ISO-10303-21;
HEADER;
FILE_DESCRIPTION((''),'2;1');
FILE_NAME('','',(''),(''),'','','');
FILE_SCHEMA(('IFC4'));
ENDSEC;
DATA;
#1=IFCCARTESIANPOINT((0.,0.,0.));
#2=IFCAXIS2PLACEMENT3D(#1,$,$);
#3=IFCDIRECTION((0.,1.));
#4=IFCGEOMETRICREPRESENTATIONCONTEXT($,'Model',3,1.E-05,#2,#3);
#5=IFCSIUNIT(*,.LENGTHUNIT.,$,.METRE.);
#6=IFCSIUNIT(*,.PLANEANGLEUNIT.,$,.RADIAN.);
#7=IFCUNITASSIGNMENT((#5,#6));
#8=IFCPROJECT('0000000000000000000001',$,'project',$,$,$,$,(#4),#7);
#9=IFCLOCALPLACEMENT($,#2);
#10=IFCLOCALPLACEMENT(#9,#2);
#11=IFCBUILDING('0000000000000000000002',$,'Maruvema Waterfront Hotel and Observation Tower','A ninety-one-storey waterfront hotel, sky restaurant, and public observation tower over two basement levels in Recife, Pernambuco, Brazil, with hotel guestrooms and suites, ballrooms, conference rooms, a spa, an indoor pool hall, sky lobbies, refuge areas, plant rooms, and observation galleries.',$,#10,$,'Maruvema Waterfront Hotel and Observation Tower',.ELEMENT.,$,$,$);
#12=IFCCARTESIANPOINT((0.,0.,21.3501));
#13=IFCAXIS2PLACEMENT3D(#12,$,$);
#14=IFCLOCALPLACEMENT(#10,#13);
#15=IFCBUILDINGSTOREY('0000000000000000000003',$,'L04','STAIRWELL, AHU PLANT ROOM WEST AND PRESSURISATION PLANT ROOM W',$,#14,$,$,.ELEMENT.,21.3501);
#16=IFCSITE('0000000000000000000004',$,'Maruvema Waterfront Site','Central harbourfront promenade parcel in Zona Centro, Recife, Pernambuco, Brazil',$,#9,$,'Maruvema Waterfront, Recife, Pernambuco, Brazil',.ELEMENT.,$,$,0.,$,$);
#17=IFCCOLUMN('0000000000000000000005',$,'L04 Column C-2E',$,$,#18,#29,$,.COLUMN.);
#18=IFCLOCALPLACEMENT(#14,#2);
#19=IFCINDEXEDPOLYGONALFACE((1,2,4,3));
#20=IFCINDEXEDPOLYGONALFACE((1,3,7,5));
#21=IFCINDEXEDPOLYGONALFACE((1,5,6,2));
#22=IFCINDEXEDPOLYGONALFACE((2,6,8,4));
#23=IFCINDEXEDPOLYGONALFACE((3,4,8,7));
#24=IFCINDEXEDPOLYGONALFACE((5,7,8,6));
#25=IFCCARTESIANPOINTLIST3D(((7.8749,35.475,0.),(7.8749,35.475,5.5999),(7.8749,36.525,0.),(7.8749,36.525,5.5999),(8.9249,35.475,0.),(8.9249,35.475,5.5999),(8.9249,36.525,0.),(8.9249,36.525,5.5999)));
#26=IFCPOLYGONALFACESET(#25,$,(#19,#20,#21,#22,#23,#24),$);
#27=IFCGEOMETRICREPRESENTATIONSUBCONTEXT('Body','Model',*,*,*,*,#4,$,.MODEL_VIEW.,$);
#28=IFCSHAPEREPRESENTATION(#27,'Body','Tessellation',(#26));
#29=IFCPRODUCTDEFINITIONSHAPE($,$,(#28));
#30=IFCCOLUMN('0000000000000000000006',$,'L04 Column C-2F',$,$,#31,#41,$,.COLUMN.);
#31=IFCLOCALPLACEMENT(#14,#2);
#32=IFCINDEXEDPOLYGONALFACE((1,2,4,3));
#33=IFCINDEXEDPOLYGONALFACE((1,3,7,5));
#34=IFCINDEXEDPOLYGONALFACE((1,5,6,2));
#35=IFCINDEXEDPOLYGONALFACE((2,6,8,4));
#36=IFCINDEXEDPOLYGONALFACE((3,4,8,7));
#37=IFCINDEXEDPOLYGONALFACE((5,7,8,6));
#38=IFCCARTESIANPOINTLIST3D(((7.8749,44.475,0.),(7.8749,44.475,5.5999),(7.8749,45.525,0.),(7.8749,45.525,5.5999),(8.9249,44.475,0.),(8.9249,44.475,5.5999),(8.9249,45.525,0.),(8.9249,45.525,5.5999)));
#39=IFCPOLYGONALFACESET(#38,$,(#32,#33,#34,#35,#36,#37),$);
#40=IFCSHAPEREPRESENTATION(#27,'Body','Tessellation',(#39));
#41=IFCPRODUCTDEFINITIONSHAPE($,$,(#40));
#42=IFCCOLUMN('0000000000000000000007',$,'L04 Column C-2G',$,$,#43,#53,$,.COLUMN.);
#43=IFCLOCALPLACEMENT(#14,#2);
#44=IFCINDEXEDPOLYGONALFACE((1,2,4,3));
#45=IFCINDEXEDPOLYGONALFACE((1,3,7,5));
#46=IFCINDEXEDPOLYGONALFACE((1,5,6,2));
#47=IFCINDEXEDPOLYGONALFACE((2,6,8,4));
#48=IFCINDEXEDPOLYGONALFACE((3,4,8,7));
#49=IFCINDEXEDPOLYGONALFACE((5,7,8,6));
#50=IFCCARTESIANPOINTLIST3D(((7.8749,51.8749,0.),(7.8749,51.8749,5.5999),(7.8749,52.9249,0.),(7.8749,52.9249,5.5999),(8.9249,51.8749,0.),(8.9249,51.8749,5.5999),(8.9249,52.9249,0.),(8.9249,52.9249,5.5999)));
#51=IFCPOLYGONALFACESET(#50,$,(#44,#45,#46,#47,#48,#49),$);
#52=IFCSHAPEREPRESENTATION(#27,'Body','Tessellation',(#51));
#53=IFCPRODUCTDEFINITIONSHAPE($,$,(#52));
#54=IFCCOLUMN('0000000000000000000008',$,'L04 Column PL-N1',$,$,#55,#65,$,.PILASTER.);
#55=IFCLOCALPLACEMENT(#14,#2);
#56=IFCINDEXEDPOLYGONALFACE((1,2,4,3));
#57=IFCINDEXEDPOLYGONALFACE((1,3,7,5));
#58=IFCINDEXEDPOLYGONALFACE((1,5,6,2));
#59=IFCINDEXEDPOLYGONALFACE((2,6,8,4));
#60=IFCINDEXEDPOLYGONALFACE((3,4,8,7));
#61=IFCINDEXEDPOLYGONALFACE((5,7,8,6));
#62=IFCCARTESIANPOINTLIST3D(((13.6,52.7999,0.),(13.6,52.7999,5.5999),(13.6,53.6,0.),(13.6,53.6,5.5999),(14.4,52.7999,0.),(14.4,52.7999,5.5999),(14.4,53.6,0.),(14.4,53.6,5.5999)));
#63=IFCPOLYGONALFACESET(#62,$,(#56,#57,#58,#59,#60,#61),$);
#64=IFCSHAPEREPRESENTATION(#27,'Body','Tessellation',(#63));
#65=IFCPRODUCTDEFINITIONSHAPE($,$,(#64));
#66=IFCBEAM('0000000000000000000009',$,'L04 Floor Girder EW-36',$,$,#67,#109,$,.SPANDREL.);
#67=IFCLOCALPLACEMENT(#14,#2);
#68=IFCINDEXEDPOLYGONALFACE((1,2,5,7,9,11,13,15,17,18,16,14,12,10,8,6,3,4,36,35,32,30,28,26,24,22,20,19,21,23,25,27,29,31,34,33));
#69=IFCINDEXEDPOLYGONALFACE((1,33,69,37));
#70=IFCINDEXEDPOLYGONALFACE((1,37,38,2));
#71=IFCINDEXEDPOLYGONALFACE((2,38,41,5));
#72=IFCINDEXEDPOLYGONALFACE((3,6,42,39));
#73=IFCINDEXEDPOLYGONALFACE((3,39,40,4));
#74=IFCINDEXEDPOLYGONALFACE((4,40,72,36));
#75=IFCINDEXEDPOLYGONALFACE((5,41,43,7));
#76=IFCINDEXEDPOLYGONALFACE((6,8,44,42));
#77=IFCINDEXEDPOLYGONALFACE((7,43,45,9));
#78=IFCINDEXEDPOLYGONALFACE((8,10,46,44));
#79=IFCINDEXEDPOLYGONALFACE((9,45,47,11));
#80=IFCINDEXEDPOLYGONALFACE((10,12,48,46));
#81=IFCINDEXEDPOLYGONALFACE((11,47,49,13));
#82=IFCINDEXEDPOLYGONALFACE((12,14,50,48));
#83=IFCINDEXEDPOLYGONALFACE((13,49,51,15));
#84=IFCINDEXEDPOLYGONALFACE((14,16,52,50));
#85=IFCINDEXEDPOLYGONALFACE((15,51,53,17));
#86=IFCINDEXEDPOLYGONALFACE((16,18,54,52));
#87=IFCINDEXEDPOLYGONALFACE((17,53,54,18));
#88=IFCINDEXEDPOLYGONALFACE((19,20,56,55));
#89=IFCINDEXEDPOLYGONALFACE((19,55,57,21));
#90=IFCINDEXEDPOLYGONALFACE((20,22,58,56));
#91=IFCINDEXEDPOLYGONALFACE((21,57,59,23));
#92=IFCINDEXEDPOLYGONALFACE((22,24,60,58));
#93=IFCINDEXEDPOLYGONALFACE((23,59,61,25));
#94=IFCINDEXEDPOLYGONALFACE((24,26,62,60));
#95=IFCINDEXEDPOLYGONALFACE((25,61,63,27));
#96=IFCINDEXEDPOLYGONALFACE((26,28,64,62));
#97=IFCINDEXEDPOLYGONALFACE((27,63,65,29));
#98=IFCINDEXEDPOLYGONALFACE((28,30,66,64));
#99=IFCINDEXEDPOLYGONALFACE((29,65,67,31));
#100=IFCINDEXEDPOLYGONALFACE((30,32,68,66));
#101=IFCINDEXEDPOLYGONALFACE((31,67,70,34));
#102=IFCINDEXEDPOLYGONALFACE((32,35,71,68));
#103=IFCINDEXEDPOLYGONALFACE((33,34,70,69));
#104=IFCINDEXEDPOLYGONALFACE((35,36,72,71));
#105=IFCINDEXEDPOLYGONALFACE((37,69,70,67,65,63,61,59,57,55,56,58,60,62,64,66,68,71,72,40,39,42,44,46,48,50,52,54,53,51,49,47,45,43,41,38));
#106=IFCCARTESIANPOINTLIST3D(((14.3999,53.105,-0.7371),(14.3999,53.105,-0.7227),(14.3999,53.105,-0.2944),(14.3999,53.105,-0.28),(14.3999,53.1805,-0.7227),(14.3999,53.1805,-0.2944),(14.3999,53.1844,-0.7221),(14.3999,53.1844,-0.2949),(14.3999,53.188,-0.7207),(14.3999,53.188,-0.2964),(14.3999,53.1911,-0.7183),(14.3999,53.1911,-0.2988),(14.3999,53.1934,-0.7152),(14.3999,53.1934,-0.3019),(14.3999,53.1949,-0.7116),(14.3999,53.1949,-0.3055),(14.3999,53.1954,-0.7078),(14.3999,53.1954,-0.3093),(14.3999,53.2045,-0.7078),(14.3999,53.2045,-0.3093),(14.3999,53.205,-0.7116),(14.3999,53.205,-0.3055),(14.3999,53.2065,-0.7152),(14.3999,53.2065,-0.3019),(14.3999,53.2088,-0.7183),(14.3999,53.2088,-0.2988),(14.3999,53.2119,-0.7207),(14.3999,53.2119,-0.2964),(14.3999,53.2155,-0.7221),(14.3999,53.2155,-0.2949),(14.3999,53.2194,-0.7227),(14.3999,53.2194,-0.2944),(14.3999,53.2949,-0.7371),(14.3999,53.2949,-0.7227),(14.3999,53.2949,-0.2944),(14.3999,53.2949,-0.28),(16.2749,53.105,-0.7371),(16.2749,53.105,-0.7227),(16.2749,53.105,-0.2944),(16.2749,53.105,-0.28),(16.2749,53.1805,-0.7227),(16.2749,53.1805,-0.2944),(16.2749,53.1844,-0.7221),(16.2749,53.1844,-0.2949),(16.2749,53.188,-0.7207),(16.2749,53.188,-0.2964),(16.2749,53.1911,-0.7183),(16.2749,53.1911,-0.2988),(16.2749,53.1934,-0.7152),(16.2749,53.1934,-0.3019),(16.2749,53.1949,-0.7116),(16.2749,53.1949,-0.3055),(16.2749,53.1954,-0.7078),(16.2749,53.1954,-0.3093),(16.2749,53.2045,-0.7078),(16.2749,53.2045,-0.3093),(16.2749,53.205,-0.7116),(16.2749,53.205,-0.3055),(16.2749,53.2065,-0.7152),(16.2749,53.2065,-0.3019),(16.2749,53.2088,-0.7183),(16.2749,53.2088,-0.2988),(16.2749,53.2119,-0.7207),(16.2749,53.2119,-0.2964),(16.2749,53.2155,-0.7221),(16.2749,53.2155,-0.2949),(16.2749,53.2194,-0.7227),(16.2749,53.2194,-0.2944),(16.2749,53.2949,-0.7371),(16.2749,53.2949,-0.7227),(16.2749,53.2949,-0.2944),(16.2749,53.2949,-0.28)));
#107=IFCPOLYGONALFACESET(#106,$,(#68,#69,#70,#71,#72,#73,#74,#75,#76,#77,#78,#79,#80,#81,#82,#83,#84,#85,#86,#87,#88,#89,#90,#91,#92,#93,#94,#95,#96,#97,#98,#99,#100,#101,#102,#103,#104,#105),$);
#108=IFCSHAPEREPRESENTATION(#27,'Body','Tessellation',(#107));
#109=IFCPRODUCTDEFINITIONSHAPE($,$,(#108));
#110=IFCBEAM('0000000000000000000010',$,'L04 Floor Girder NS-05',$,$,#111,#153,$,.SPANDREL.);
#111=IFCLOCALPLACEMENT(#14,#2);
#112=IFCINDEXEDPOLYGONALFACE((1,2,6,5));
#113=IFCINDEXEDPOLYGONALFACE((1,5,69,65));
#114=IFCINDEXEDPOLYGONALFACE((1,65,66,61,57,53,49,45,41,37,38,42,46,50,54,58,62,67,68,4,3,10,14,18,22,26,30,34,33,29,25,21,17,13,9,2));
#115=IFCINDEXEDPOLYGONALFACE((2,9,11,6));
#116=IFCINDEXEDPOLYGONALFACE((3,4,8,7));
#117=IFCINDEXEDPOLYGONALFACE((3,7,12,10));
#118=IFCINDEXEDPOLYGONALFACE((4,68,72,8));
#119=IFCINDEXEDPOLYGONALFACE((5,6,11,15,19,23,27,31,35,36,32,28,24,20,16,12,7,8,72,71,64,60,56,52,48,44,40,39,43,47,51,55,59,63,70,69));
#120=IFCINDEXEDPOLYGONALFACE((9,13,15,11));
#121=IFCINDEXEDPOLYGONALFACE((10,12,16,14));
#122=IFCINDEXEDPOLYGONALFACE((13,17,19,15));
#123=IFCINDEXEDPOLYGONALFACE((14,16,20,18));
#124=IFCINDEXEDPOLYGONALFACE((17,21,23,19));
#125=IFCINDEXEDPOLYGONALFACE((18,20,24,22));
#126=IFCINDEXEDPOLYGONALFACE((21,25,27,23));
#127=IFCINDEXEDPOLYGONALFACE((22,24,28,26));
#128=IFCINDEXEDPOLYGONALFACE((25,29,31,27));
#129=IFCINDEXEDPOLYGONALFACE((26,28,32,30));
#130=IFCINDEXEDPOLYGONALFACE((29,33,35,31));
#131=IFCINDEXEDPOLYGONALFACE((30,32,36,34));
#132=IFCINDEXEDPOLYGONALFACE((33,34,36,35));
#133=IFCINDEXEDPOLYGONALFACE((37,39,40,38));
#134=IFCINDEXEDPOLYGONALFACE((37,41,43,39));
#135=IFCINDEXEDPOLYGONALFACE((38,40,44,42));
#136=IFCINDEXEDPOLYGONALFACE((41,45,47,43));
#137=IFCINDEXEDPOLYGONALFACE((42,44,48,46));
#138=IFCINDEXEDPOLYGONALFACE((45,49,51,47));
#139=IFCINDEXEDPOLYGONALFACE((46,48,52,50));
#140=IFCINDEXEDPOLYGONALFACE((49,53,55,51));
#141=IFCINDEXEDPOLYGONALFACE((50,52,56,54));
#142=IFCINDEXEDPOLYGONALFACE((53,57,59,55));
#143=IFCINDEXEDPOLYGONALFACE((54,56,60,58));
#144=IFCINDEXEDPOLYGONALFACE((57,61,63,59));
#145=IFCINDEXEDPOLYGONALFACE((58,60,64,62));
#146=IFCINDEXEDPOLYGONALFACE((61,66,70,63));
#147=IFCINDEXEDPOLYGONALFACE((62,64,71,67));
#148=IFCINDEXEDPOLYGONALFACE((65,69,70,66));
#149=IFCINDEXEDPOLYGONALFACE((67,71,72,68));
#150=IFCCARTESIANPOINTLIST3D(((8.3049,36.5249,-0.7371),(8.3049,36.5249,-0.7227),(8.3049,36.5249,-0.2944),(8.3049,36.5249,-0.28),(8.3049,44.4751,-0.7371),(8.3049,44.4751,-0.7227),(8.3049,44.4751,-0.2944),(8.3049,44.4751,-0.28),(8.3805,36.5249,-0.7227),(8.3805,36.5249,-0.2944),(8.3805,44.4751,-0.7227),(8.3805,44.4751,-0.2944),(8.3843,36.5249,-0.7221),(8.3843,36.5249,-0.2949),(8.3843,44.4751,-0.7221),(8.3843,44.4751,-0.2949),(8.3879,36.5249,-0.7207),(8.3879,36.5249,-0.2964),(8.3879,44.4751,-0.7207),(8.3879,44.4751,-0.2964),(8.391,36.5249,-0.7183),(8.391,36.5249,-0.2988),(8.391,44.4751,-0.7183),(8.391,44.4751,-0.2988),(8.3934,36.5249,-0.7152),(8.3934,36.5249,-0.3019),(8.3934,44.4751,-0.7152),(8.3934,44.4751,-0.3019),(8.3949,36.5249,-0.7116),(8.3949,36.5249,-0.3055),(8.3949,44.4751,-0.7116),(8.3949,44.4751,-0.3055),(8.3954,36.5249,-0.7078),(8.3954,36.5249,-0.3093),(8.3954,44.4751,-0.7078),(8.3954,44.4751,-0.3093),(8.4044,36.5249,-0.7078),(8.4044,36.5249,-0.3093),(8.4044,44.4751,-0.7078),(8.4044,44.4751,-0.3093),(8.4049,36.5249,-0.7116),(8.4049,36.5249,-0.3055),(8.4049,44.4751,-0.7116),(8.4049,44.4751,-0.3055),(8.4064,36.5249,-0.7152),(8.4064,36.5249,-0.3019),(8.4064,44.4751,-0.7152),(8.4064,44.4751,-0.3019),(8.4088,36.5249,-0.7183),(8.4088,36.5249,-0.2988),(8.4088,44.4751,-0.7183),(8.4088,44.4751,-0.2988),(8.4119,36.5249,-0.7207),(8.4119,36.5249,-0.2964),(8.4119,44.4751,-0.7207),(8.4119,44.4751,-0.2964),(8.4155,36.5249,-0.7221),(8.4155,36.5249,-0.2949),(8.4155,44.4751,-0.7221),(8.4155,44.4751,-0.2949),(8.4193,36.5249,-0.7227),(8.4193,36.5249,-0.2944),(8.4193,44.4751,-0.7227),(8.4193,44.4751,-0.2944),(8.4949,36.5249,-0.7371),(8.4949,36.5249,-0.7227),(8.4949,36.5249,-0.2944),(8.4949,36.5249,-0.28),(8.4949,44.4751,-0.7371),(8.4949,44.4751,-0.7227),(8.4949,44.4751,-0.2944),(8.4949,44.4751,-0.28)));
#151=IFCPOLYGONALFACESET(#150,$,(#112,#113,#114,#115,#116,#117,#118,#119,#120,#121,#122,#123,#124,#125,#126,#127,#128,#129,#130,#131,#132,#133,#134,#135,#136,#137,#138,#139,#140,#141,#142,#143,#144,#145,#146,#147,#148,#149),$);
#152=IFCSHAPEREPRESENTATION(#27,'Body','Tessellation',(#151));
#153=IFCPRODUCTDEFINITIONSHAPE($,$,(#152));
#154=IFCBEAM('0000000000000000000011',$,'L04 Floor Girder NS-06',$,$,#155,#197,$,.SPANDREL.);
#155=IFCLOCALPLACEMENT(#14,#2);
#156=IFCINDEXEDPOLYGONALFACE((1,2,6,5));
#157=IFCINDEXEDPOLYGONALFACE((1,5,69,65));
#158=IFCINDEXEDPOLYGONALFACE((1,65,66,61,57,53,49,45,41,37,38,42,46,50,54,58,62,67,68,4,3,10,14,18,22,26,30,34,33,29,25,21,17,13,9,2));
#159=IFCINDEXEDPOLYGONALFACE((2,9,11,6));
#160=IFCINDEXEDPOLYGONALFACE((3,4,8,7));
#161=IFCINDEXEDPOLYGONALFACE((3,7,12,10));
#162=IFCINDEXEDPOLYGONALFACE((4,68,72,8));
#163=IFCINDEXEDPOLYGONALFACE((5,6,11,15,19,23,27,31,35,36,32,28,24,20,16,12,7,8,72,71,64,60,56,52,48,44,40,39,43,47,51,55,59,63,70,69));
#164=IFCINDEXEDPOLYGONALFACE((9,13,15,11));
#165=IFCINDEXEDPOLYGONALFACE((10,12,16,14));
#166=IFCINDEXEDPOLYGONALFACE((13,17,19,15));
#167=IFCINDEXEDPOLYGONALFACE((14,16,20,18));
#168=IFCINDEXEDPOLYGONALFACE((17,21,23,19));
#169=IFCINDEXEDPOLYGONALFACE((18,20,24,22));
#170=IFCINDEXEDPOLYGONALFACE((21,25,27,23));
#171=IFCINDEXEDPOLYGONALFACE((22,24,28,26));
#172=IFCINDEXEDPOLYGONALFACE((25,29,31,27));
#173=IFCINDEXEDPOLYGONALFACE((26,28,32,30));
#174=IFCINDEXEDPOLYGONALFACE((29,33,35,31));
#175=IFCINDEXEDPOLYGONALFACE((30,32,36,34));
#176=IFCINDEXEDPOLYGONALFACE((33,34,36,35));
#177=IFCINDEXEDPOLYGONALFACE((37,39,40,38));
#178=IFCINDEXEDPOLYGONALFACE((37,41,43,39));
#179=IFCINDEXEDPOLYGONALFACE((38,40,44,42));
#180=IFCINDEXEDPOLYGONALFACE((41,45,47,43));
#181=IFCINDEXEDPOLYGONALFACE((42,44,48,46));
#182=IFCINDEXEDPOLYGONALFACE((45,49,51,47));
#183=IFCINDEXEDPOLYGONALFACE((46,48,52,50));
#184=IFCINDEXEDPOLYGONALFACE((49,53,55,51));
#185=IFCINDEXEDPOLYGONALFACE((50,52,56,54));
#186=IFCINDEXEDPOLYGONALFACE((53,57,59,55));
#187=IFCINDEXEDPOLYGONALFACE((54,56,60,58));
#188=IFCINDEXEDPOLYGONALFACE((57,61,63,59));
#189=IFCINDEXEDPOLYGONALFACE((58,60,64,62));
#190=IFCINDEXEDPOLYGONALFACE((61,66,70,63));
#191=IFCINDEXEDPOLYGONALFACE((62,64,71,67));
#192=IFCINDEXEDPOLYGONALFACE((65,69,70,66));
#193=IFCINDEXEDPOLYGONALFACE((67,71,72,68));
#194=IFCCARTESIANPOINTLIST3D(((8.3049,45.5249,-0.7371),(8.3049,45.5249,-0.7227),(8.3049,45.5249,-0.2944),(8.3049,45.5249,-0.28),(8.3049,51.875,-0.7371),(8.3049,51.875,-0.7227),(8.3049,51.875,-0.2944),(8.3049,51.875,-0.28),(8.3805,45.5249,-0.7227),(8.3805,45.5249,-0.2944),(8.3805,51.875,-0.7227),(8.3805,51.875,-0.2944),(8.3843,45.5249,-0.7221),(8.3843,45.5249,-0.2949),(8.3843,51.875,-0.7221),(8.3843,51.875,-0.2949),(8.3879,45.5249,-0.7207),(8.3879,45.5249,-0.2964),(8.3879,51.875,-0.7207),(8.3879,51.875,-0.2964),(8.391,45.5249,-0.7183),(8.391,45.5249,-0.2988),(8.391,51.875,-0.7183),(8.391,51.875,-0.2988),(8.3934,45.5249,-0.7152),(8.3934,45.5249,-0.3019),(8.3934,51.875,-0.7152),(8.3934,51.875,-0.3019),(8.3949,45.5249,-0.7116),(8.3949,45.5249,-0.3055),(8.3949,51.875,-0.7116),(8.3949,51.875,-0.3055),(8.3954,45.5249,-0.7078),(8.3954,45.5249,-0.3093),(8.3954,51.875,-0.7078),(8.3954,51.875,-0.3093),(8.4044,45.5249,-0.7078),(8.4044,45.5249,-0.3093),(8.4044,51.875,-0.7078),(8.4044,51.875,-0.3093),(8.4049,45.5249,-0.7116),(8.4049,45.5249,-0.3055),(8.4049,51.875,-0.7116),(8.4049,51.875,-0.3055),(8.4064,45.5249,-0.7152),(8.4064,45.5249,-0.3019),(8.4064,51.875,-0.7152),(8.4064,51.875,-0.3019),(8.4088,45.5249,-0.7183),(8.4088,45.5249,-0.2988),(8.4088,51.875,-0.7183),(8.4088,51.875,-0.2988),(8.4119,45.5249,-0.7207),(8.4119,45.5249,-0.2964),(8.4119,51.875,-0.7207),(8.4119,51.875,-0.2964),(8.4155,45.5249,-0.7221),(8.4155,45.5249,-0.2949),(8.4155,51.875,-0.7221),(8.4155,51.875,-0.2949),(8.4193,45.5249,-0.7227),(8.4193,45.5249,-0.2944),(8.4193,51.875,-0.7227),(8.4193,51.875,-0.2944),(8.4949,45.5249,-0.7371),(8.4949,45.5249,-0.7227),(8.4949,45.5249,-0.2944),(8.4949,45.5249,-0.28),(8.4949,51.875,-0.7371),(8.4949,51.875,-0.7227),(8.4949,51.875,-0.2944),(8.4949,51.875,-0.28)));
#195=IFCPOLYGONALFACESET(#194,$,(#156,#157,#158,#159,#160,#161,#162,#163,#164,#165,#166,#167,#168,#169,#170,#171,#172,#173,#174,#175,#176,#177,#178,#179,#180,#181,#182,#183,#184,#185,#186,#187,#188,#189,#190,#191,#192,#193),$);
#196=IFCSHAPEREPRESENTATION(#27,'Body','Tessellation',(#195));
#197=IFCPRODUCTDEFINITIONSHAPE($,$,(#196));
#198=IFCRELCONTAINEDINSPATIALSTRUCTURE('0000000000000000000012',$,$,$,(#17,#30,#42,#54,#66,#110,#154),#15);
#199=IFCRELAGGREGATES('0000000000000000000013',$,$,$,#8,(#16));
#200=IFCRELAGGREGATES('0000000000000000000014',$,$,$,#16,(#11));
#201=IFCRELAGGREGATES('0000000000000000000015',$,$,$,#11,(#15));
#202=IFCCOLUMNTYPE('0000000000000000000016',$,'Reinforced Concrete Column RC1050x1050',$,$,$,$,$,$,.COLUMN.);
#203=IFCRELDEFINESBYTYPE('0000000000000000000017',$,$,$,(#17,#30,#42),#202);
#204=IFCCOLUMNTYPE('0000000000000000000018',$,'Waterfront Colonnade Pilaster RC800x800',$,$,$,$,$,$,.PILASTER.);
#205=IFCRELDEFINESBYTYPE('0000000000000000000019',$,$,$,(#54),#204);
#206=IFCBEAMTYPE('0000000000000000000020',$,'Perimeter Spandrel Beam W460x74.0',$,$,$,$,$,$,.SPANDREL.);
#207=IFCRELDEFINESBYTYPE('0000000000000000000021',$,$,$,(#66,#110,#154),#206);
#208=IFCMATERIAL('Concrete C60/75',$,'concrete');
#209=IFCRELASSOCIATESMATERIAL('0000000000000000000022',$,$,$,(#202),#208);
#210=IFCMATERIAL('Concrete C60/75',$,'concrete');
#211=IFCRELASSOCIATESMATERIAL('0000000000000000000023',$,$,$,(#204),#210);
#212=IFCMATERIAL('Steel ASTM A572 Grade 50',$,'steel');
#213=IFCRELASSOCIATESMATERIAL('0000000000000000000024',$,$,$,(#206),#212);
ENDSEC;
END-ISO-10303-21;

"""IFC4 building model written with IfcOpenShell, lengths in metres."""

from ifc_helpers import new_model, si_unit, direction, frame, origin, origin_2d, place, context, subcontext, project, spatial, rectangle, i_section, extrude, material, material_profile, profile_set, type_object, element, save


model = new_model("IFC4")

# Units and contexts
model_context = context("Model", 3, precision=1e-05, world=origin(), true_north=direction((0.0, 1.0)))
body_context = subcontext(model_context, "Body", "Model", "MODEL_VIEW")
ifc_project = project(units=[si_unit("LENGTHUNIT", "METRE"), si_unit("PLANEANGLEUNIT", "RADIAN")], contexts=[model_context])

# Site, building, storey
site_placement = place(None, origin())
site = spatial("IfcSite", under=ifc_project, at=site_placement, Name="Maruvema Waterfront Site", Description="Central harbourfront promenade parcel in Zona Centro, Recife, Pernambuco, Brazil", LongName="Maruvema Waterfront, Recife, Pernambuco, Brazil", CompositionType="ELEMENT", RefElevation=0.0)
building_placement = place(site_placement, origin())
building = spatial("IfcBuilding", under=site, at=building_placement, Name="Maruvema Waterfront Hotel and Observation Tower", Description="A ninety-one-storey waterfront hotel, sky restaurant, and public observation tower over two basement levels in Recife, Pernambuco, Brazil, with hotel guestrooms and suites, ballrooms, conference rooms, a spa, an indoor pool hall, sky lobbies, refuge areas, plant rooms, and observation galleries.", LongName="Maruvema Waterfront Hotel and Observation Tower", CompositionType="ELEMENT")
storey_placement = place(building_placement, frame((0.0, 0.0, 21.3501)))
storey = spatial("IfcBuildingStorey", under=building, at=storey_placement, Name="L04", Description="STAIRWELL, AHU PLANT ROOM WEST AND PRESSURISATION PLANT ROOM W", CompositionType="ELEMENT", Elevation=21.3501)

# Columns
ifc_material_1 = material(Name="Concrete C60/75", Category="concrete")
ifc_material_profile_1 = material_profile(ifc_material_1, rectangle(XDim=1.05, YDim=1.05, at=origin_2d()), Name="RC1050x1050")
ifc_profile_set_1 = profile_set([ifc_material_profile_1], Name="Concrete C60/75")
column_type_1 = type_object("IfcColumnType", Name="Reinforced Concrete Column RC1050x1050", PredefinedType="COLUMN", material=ifc_profile_set_1)
for number, where, z_axis, x_axis, name in (
    (1, (8.3999, 36.0, 0.0), (0.0, 0.0, 1.0), (1.0, 0.0, 0.0), "L04 Column C-2E"),
    (2, (8.3999, 45.0, 0.0), (0.0, 0.0, 1.0), (1.0, 0.0, 0.0), "L04 Column C-2F"),
    (3, (8.3999, 52.3999, 0.0), (0.0, 0.0, 1.0), (1.0, 0.0, 0.0), "L04 Column C-2G"),
):
    element("IfcColumn", number, at=place(storey_placement, frame(where, z_axis=z_axis, x_axis=x_axis)), inside=storey, type_object=column_type_1, Name=name, PredefinedType="COLUMN", context=body_context, shape_type="SweptSolid", body=[
        extrude(rectangle(XDim=1.05, YDim=1.05, at=origin_2d()), origin(), (0.0, 0.0, 1.0), 5.5999),
    ])
ifc_material_2 = material(Name="Concrete C60/75", Category="concrete")
ifc_material_profile_2 = material_profile(ifc_material_2, rectangle(XDim=0.8, YDim=0.8, at=origin_2d()), Name="RC800x800")
ifc_profile_set_2 = profile_set([ifc_material_profile_2], Name="Concrete C60/75")
column_type_2 = type_object("IfcColumnType", Name="Waterfront Colonnade Pilaster RC800x800", PredefinedType="PILASTER", material=ifc_profile_set_2)
column_placement = place(storey_placement, frame((14.0, 53.2, 0.0), z_axis=(0.0, 0.0, 1.0), x_axis=(1.0, 0.0, 0.0)))
element("IfcColumn", 4, at=column_placement, inside=storey, type_object=column_type_2, Name="L04 Column PL-N1", PredefinedType="PILASTER", context=body_context, shape_type="SweptSolid", body=[
    extrude(rectangle(XDim=0.8, YDim=0.8, at=origin_2d()), origin(), (0.0, 0.0, 1.0), 5.5999),
])

# Beams
ifc_material_3 = material(Name="Steel ASTM A572 Grade 50", Category="steel")
ifc_material_profile_3 = material_profile(ifc_material_3, i_section(OverallWidth=0.1899, OverallDepth=0.457, WebThickness=0.009, FlangeThickness=0.0144, FilletRadius=0.0149, at=origin_2d()), Name="W460x74.0")
ifc_profile_set_3 = profile_set([ifc_material_profile_3], Name="Steel ASTM A572 Grade 50")
beam_type_1 = type_object("IfcBeamType", Name="Perimeter Spandrel Beam W460x74.0", PredefinedType="SPANDREL", material=ifc_profile_set_3)
beam_1_placement = place(storey_placement, frame((14.3999, 53.2, -0.5085), z_axis=(1.0, 0.0, 0.0), x_axis=(0.0, 1.0, 0.0)))
element("IfcBeam", 5, at=beam_1_placement, inside=storey, type_object=beam_type_1, Name="L04 Floor Girder EW-36", PredefinedType="SPANDREL", context=body_context, shape_type="SweptSolid", body=[
    extrude(i_section(OverallWidth=0.1899, OverallDepth=0.457, WebThickness=0.009, FlangeThickness=0.0144, FilletRadius=0.0149, at=origin_2d()), origin(), (0.0, 0.0, 1.0), 1.875),
])
beam_2_placement = place(storey_placement, frame((8.3999, 36.5249, -0.5085), z_axis=(0.0, 1.0, 0.0), x_axis=(-1.0, 0.0, 0.0)))
element("IfcBeam", 6, at=beam_2_placement, inside=storey, type_object=beam_type_1, Name="L04 Floor Girder NS-05", PredefinedType="SPANDREL", context=body_context, shape_type="SweptSolid", body=[
    extrude(i_section(OverallWidth=0.1899, OverallDepth=0.457, WebThickness=0.009, FlangeThickness=0.0144, FilletRadius=0.0149, at=origin_2d()), origin(), (0.0, 0.0, 1.0), 7.9502),
])
beam_3_placement = place(storey_placement, frame((8.3999, 45.5249, -0.5085), z_axis=(0.0, 1.0, 0.0), x_axis=(-1.0, 0.0, 0.0)))
element("IfcBeam", 7, at=beam_3_placement, inside=storey, type_object=beam_type_1, Name="L04 Floor Girder NS-06", PredefinedType="SPANDREL", context=body_context, shape_type="SweptSolid", body=[
    extrude(i_section(OverallWidth=0.1899, OverallDepth=0.457, WebThickness=0.009, FlangeThickness=0.0144, FilletRadius=0.0149, at=origin_2d()), origin(), (0.0, 0.0, 1.0), 6.3501),
])

save(model, "model.ifc")
